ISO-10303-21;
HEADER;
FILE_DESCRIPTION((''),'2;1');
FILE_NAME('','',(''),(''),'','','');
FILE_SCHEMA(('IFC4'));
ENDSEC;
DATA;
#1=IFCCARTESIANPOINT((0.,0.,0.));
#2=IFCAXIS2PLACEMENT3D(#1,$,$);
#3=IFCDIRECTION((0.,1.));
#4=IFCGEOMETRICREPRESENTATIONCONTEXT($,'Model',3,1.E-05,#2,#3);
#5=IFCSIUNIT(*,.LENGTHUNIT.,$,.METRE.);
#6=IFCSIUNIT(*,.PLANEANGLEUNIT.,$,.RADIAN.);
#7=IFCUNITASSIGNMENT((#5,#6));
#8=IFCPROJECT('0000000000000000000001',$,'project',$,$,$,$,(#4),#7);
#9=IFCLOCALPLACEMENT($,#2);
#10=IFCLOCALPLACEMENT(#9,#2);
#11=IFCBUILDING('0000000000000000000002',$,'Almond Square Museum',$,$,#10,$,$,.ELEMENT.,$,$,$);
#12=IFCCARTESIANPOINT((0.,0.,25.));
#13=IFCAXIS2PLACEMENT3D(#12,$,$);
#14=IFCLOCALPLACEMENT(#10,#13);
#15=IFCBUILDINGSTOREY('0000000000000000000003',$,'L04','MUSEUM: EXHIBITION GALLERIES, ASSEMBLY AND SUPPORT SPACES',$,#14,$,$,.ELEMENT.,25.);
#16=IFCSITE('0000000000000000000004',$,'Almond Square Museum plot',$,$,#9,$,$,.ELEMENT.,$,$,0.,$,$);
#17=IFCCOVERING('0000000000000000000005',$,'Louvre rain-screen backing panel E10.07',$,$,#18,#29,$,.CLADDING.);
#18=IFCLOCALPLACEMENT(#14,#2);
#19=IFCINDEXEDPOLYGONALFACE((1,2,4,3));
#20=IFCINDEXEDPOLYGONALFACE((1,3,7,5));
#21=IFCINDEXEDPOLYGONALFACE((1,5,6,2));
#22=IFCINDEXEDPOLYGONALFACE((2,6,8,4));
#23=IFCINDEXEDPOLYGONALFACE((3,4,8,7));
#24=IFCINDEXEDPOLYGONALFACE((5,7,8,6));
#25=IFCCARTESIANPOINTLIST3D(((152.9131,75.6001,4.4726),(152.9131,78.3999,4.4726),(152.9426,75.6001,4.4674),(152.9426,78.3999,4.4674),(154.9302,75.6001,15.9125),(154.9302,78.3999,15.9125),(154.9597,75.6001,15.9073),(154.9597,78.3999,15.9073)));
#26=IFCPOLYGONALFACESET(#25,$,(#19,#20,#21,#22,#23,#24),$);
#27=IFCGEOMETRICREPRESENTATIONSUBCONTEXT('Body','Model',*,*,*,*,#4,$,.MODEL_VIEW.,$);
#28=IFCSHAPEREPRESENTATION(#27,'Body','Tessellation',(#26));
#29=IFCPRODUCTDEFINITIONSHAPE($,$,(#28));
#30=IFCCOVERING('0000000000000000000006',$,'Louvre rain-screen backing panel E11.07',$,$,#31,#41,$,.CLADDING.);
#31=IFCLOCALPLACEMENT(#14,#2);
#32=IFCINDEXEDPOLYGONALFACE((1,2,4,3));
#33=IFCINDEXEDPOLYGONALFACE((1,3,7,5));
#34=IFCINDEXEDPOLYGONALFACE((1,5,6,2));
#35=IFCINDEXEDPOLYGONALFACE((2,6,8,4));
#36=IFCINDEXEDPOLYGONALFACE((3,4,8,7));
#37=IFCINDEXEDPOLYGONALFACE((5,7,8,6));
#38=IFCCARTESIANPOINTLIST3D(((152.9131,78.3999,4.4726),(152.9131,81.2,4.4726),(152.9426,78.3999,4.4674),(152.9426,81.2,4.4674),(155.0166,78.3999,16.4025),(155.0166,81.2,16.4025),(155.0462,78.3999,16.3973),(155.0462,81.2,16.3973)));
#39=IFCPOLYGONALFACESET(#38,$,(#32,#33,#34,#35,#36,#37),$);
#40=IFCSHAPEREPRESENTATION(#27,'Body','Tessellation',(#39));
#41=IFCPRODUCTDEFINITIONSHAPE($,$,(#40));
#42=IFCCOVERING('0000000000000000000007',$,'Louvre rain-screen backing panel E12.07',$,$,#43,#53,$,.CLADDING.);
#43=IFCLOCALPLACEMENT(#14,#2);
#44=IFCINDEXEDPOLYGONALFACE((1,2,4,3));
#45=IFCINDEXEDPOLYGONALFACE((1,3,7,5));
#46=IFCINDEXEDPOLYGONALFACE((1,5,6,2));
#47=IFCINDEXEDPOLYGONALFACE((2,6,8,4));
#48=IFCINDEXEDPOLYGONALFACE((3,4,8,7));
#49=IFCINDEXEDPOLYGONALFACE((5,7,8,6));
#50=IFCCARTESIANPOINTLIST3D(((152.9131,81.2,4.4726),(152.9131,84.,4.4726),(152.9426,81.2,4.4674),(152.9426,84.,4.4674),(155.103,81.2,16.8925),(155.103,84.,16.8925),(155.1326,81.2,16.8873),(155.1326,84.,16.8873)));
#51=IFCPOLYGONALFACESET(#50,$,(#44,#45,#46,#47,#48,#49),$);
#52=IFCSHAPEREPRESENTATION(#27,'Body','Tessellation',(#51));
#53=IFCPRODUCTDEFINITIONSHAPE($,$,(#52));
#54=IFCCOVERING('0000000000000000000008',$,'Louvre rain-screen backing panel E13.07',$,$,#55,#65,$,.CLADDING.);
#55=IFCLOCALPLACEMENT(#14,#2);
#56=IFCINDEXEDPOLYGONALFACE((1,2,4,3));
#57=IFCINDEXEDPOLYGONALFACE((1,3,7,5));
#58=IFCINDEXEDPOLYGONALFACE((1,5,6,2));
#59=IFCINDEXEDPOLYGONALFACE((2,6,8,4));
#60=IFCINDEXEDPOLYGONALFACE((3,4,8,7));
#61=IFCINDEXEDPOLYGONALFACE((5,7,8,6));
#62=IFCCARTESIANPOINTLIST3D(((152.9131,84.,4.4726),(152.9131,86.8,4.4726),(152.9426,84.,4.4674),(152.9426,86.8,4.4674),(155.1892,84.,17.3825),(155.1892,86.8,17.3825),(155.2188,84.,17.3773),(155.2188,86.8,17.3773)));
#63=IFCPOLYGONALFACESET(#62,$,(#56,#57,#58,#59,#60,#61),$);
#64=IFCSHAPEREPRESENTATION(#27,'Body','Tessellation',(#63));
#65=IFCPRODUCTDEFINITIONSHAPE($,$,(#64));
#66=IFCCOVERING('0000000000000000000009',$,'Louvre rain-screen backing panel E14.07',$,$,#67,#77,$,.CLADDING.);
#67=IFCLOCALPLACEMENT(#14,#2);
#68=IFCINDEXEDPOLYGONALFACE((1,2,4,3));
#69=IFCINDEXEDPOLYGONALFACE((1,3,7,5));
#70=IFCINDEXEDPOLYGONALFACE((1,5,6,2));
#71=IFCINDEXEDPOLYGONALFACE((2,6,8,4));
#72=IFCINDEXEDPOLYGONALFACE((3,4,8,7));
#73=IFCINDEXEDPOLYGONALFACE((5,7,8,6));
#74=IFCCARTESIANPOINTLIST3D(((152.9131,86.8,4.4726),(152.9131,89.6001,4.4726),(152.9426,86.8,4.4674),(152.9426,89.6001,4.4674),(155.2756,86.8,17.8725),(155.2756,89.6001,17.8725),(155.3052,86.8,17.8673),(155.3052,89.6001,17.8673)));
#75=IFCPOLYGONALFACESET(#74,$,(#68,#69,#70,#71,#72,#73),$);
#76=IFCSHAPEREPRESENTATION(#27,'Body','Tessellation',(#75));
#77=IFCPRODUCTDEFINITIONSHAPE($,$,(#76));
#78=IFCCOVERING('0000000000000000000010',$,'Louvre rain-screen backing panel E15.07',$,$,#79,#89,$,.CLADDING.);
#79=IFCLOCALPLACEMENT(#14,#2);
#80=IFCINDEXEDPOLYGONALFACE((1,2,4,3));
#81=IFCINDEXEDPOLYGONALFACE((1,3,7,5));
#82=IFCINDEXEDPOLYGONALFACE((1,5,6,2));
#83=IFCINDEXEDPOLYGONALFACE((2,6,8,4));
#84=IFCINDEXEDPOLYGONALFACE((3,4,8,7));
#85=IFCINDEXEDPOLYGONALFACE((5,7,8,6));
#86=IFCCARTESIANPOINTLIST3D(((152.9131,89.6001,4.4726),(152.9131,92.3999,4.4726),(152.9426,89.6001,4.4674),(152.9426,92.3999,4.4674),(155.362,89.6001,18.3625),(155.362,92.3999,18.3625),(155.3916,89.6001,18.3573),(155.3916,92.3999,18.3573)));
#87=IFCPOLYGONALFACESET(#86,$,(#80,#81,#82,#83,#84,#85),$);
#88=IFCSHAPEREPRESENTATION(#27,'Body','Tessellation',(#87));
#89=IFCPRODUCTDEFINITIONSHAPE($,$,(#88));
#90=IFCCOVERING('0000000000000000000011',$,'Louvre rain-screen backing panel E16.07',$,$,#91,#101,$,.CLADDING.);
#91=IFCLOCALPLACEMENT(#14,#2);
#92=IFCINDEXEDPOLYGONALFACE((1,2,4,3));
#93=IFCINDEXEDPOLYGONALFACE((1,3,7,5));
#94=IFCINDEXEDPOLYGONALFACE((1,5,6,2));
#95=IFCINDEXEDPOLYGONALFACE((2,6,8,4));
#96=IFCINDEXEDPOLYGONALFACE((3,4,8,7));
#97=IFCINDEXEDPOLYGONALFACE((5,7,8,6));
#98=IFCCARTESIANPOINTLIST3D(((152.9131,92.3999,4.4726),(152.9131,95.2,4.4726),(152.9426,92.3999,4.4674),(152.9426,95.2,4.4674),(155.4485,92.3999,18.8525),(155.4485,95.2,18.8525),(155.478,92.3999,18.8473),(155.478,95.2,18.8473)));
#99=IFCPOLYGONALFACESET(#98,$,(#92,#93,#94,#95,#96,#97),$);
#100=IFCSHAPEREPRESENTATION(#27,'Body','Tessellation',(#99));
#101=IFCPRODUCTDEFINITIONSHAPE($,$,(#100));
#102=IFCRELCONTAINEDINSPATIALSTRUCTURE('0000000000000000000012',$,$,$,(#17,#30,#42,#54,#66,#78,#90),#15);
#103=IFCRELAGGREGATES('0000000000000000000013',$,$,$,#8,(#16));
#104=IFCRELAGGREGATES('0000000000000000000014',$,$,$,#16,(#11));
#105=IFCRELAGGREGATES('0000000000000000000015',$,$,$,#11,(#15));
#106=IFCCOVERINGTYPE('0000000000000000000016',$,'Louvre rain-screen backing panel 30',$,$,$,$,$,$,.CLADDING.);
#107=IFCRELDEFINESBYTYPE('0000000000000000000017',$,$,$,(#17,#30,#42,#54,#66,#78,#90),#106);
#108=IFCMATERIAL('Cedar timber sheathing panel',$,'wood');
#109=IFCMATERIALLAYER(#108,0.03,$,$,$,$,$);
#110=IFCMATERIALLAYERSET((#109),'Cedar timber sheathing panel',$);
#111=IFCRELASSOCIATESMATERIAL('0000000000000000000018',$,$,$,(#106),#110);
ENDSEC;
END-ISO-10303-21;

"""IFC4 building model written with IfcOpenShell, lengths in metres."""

from ifc_helpers import new_model, si_unit, direction, frame, origin, place, context, subcontext, project, spatial, polyline, outline, extrude, material, layer, layer_set, type_object, element, save


model = new_model("IFC4")

# Units and contexts
model_context = context("Model", 3, precision=1e-05, world=origin(), true_north=direction((0.0, 1.0)))
body_context = subcontext(model_context, "Body", "Model", "MODEL_VIEW")
ifc_project = project(units=[si_unit("LENGTHUNIT", "METRE"), si_unit("PLANEANGLEUNIT", "RADIAN")], contexts=[model_context])

# Site, building, storey
site_placement = place(None, origin())
site = spatial("IfcSite", under=ifc_project, at=site_placement, Name="Almond Square Museum plot", CompositionType="ELEMENT", RefElevation=0.0)
building_placement = place(site_placement, origin())
building = spatial("IfcBuilding", under=site, at=building_placement, Name="Almond Square Museum", CompositionType="ELEMENT")
storey_placement = place(building_placement, frame((0.0, 0.0, 25.0)))
storey = spatial("IfcBuildingStorey", under=building, at=storey_placement, Name="L04", Description="MUSEUM: EXHIBITION GALLERIES, ASSEMBLY AND SUPPORT SPACES", CompositionType="ELEMENT", Elevation=25.0)

# Coverings
ifc_material_1 = material(Name="Cedar timber sheathing panel", Category="wood")
ifc_layer_1 = layer(ifc_material_1, 0.03)
ifc_layer_set_1 = layer_set([ifc_layer_1], Name="Cedar timber sheathing panel")
covering_type_1 = type_object("IfcCoveringType", Name="Louvre rain-screen backing panel 30", PredefinedType="CLADDING", material=ifc_layer_set_1)
covering_1_placement = place(storey_placement, frame((152.928, 75.6001, 4.47), z_axis=(0.984809, 0.0, -0.173641), x_axis=(0.0, 1.0, 0.0)))
element("IfcCovering", 1, at=covering_1_placement, inside=storey, type_object=covering_type_1, Name="Louvre rain-screen backing panel E10.07", PredefinedType="CLADDING", context=body_context, shape_type="SweptSolid", body=[
    extrude(outline(polyline([(0.0, 0.0), (2.7998, 0.0), (2.7998, 11.6164), (0.0, 11.6164), (0.0, 0.0)])), frame((0.0, 0.0, -0.0151)), (0.0, 0.0, 1.0), 0.03),
])
covering_2_placement = place(storey_placement, frame((152.928, 78.3999, 4.47), z_axis=(0.984809, 0.0, -0.173644), x_axis=(0.0, 1.0, 0.0)))
element("IfcCovering", 2, at=covering_2_placement, inside=storey, type_object=covering_type_1, Name="Louvre rain-screen backing panel E11.07", PredefinedType="CLADDING", context=body_context, shape_type="SweptSolid", body=[
    extrude(outline(polyline([(0.0, 0.0), (2.8, 0.0), (2.8, 12.114), (0.0, 12.114), (0.0, 0.0)])), frame((0.0, 0.0, -0.0151)), (0.0, 0.0, 1.0), 0.03),
])
covering_3_placement = place(storey_placement, frame((152.928, 81.2, 4.47), z_axis=(0.984808, 0.0, -0.173646), x_axis=(0.0, 1.0, 0.0)))
element("IfcCovering", 3, at=covering_3_placement, inside=storey, type_object=covering_type_1, Name="Louvre rain-screen backing panel E12.07", PredefinedType="CLADDING", context=body_context, shape_type="SweptSolid", body=[
    extrude(outline(polyline([(0.0, 0.0), (2.8, 0.0), (2.8, 12.6115), (0.0, 12.6115), (0.0, 0.0)])), frame((0.0, 0.0, -0.0151)), (0.0, 0.0, 1.0), 0.03),
])
covering_4_placement = place(storey_placement, frame((152.928, 84.0, 4.47), z_axis=(0.984811, 0.0, -0.17363), x_axis=(0.0, 1.0, 0.0)))
element("IfcCovering", 4, at=covering_4_placement, inside=storey, type_object=covering_type_1, Name="Louvre rain-screen backing panel E13.07", PredefinedType="CLADDING", context=body_context, shape_type="SweptSolid", body=[
    extrude(outline(polyline([(0.0, 0.0), (2.8, 0.0), (2.8, 13.109), (0.0, 13.109), (0.0, 0.0)])), frame((0.0, 0.0, -0.0151)), (0.0, 0.0, 1.0), 0.03),
])
covering_5_placement = place(storey_placement, frame((152.928, 86.8, 4.47), z_axis=(0.98481, 0.0, -0.173633), x_axis=(0.0, 1.0, 0.0)))
element("IfcCovering", 5, at=covering_5_placement, inside=storey, type_object=covering_type_1, Name="Louvre rain-screen backing panel E14.07", PredefinedType="CLADDING", context=body_context, shape_type="SweptSolid", body=[
    extrude(outline(polyline([(0.0, 0.0), (2.8, 0.0), (2.8, 13.6066), (0.0, 13.6066), (0.0, 0.0)])), frame((0.0, 0.0, -0.0151)), (0.0, 0.0, 1.0), 0.03),
])
covering_6_placement = place(storey_placement, frame((152.928, 89.6001, 4.47), z_axis=(0.98481, 0.0, -0.173635), x_axis=(0.0, 1.0, 0.0)))
element("IfcCovering", 6, at=covering_6_placement, inside=storey, type_object=covering_type_1, Name="Louvre rain-screen backing panel E15.07", PredefinedType="CLADDING", context=body_context, shape_type="SweptSolid", body=[
    extrude(outline(polyline([(0.0, 0.0), (2.7998, 0.0), (2.7998, 14.1041), (0.0, 14.1041), (0.0, 0.0)])), frame((0.0, 0.0, -0.0151)), (0.0, 0.0, 1.0), 0.03),
])
covering_7_placement = place(storey_placement, frame((152.928, 92.3999, 4.47), z_axis=(0.98481, 0.0, -0.173637), x_axis=(0.0, 1.0, 0.0)))
element("IfcCovering", 7, at=covering_7_placement, inside=storey, type_object=covering_type_1, Name="Louvre rain-screen backing panel E16.07", PredefinedType="CLADDING", context=body_context, shape_type="SweptSolid", body=[
    extrude(outline(polyline([(0.0, 0.0), (2.8, 0.0), (2.8, 14.6017), (0.0, 14.6017), (0.0, 0.0)])), frame((0.0, 0.0, -0.0151)), (0.0, 0.0, 1.0), 0.03),
])

save(model, "model.ifc")
